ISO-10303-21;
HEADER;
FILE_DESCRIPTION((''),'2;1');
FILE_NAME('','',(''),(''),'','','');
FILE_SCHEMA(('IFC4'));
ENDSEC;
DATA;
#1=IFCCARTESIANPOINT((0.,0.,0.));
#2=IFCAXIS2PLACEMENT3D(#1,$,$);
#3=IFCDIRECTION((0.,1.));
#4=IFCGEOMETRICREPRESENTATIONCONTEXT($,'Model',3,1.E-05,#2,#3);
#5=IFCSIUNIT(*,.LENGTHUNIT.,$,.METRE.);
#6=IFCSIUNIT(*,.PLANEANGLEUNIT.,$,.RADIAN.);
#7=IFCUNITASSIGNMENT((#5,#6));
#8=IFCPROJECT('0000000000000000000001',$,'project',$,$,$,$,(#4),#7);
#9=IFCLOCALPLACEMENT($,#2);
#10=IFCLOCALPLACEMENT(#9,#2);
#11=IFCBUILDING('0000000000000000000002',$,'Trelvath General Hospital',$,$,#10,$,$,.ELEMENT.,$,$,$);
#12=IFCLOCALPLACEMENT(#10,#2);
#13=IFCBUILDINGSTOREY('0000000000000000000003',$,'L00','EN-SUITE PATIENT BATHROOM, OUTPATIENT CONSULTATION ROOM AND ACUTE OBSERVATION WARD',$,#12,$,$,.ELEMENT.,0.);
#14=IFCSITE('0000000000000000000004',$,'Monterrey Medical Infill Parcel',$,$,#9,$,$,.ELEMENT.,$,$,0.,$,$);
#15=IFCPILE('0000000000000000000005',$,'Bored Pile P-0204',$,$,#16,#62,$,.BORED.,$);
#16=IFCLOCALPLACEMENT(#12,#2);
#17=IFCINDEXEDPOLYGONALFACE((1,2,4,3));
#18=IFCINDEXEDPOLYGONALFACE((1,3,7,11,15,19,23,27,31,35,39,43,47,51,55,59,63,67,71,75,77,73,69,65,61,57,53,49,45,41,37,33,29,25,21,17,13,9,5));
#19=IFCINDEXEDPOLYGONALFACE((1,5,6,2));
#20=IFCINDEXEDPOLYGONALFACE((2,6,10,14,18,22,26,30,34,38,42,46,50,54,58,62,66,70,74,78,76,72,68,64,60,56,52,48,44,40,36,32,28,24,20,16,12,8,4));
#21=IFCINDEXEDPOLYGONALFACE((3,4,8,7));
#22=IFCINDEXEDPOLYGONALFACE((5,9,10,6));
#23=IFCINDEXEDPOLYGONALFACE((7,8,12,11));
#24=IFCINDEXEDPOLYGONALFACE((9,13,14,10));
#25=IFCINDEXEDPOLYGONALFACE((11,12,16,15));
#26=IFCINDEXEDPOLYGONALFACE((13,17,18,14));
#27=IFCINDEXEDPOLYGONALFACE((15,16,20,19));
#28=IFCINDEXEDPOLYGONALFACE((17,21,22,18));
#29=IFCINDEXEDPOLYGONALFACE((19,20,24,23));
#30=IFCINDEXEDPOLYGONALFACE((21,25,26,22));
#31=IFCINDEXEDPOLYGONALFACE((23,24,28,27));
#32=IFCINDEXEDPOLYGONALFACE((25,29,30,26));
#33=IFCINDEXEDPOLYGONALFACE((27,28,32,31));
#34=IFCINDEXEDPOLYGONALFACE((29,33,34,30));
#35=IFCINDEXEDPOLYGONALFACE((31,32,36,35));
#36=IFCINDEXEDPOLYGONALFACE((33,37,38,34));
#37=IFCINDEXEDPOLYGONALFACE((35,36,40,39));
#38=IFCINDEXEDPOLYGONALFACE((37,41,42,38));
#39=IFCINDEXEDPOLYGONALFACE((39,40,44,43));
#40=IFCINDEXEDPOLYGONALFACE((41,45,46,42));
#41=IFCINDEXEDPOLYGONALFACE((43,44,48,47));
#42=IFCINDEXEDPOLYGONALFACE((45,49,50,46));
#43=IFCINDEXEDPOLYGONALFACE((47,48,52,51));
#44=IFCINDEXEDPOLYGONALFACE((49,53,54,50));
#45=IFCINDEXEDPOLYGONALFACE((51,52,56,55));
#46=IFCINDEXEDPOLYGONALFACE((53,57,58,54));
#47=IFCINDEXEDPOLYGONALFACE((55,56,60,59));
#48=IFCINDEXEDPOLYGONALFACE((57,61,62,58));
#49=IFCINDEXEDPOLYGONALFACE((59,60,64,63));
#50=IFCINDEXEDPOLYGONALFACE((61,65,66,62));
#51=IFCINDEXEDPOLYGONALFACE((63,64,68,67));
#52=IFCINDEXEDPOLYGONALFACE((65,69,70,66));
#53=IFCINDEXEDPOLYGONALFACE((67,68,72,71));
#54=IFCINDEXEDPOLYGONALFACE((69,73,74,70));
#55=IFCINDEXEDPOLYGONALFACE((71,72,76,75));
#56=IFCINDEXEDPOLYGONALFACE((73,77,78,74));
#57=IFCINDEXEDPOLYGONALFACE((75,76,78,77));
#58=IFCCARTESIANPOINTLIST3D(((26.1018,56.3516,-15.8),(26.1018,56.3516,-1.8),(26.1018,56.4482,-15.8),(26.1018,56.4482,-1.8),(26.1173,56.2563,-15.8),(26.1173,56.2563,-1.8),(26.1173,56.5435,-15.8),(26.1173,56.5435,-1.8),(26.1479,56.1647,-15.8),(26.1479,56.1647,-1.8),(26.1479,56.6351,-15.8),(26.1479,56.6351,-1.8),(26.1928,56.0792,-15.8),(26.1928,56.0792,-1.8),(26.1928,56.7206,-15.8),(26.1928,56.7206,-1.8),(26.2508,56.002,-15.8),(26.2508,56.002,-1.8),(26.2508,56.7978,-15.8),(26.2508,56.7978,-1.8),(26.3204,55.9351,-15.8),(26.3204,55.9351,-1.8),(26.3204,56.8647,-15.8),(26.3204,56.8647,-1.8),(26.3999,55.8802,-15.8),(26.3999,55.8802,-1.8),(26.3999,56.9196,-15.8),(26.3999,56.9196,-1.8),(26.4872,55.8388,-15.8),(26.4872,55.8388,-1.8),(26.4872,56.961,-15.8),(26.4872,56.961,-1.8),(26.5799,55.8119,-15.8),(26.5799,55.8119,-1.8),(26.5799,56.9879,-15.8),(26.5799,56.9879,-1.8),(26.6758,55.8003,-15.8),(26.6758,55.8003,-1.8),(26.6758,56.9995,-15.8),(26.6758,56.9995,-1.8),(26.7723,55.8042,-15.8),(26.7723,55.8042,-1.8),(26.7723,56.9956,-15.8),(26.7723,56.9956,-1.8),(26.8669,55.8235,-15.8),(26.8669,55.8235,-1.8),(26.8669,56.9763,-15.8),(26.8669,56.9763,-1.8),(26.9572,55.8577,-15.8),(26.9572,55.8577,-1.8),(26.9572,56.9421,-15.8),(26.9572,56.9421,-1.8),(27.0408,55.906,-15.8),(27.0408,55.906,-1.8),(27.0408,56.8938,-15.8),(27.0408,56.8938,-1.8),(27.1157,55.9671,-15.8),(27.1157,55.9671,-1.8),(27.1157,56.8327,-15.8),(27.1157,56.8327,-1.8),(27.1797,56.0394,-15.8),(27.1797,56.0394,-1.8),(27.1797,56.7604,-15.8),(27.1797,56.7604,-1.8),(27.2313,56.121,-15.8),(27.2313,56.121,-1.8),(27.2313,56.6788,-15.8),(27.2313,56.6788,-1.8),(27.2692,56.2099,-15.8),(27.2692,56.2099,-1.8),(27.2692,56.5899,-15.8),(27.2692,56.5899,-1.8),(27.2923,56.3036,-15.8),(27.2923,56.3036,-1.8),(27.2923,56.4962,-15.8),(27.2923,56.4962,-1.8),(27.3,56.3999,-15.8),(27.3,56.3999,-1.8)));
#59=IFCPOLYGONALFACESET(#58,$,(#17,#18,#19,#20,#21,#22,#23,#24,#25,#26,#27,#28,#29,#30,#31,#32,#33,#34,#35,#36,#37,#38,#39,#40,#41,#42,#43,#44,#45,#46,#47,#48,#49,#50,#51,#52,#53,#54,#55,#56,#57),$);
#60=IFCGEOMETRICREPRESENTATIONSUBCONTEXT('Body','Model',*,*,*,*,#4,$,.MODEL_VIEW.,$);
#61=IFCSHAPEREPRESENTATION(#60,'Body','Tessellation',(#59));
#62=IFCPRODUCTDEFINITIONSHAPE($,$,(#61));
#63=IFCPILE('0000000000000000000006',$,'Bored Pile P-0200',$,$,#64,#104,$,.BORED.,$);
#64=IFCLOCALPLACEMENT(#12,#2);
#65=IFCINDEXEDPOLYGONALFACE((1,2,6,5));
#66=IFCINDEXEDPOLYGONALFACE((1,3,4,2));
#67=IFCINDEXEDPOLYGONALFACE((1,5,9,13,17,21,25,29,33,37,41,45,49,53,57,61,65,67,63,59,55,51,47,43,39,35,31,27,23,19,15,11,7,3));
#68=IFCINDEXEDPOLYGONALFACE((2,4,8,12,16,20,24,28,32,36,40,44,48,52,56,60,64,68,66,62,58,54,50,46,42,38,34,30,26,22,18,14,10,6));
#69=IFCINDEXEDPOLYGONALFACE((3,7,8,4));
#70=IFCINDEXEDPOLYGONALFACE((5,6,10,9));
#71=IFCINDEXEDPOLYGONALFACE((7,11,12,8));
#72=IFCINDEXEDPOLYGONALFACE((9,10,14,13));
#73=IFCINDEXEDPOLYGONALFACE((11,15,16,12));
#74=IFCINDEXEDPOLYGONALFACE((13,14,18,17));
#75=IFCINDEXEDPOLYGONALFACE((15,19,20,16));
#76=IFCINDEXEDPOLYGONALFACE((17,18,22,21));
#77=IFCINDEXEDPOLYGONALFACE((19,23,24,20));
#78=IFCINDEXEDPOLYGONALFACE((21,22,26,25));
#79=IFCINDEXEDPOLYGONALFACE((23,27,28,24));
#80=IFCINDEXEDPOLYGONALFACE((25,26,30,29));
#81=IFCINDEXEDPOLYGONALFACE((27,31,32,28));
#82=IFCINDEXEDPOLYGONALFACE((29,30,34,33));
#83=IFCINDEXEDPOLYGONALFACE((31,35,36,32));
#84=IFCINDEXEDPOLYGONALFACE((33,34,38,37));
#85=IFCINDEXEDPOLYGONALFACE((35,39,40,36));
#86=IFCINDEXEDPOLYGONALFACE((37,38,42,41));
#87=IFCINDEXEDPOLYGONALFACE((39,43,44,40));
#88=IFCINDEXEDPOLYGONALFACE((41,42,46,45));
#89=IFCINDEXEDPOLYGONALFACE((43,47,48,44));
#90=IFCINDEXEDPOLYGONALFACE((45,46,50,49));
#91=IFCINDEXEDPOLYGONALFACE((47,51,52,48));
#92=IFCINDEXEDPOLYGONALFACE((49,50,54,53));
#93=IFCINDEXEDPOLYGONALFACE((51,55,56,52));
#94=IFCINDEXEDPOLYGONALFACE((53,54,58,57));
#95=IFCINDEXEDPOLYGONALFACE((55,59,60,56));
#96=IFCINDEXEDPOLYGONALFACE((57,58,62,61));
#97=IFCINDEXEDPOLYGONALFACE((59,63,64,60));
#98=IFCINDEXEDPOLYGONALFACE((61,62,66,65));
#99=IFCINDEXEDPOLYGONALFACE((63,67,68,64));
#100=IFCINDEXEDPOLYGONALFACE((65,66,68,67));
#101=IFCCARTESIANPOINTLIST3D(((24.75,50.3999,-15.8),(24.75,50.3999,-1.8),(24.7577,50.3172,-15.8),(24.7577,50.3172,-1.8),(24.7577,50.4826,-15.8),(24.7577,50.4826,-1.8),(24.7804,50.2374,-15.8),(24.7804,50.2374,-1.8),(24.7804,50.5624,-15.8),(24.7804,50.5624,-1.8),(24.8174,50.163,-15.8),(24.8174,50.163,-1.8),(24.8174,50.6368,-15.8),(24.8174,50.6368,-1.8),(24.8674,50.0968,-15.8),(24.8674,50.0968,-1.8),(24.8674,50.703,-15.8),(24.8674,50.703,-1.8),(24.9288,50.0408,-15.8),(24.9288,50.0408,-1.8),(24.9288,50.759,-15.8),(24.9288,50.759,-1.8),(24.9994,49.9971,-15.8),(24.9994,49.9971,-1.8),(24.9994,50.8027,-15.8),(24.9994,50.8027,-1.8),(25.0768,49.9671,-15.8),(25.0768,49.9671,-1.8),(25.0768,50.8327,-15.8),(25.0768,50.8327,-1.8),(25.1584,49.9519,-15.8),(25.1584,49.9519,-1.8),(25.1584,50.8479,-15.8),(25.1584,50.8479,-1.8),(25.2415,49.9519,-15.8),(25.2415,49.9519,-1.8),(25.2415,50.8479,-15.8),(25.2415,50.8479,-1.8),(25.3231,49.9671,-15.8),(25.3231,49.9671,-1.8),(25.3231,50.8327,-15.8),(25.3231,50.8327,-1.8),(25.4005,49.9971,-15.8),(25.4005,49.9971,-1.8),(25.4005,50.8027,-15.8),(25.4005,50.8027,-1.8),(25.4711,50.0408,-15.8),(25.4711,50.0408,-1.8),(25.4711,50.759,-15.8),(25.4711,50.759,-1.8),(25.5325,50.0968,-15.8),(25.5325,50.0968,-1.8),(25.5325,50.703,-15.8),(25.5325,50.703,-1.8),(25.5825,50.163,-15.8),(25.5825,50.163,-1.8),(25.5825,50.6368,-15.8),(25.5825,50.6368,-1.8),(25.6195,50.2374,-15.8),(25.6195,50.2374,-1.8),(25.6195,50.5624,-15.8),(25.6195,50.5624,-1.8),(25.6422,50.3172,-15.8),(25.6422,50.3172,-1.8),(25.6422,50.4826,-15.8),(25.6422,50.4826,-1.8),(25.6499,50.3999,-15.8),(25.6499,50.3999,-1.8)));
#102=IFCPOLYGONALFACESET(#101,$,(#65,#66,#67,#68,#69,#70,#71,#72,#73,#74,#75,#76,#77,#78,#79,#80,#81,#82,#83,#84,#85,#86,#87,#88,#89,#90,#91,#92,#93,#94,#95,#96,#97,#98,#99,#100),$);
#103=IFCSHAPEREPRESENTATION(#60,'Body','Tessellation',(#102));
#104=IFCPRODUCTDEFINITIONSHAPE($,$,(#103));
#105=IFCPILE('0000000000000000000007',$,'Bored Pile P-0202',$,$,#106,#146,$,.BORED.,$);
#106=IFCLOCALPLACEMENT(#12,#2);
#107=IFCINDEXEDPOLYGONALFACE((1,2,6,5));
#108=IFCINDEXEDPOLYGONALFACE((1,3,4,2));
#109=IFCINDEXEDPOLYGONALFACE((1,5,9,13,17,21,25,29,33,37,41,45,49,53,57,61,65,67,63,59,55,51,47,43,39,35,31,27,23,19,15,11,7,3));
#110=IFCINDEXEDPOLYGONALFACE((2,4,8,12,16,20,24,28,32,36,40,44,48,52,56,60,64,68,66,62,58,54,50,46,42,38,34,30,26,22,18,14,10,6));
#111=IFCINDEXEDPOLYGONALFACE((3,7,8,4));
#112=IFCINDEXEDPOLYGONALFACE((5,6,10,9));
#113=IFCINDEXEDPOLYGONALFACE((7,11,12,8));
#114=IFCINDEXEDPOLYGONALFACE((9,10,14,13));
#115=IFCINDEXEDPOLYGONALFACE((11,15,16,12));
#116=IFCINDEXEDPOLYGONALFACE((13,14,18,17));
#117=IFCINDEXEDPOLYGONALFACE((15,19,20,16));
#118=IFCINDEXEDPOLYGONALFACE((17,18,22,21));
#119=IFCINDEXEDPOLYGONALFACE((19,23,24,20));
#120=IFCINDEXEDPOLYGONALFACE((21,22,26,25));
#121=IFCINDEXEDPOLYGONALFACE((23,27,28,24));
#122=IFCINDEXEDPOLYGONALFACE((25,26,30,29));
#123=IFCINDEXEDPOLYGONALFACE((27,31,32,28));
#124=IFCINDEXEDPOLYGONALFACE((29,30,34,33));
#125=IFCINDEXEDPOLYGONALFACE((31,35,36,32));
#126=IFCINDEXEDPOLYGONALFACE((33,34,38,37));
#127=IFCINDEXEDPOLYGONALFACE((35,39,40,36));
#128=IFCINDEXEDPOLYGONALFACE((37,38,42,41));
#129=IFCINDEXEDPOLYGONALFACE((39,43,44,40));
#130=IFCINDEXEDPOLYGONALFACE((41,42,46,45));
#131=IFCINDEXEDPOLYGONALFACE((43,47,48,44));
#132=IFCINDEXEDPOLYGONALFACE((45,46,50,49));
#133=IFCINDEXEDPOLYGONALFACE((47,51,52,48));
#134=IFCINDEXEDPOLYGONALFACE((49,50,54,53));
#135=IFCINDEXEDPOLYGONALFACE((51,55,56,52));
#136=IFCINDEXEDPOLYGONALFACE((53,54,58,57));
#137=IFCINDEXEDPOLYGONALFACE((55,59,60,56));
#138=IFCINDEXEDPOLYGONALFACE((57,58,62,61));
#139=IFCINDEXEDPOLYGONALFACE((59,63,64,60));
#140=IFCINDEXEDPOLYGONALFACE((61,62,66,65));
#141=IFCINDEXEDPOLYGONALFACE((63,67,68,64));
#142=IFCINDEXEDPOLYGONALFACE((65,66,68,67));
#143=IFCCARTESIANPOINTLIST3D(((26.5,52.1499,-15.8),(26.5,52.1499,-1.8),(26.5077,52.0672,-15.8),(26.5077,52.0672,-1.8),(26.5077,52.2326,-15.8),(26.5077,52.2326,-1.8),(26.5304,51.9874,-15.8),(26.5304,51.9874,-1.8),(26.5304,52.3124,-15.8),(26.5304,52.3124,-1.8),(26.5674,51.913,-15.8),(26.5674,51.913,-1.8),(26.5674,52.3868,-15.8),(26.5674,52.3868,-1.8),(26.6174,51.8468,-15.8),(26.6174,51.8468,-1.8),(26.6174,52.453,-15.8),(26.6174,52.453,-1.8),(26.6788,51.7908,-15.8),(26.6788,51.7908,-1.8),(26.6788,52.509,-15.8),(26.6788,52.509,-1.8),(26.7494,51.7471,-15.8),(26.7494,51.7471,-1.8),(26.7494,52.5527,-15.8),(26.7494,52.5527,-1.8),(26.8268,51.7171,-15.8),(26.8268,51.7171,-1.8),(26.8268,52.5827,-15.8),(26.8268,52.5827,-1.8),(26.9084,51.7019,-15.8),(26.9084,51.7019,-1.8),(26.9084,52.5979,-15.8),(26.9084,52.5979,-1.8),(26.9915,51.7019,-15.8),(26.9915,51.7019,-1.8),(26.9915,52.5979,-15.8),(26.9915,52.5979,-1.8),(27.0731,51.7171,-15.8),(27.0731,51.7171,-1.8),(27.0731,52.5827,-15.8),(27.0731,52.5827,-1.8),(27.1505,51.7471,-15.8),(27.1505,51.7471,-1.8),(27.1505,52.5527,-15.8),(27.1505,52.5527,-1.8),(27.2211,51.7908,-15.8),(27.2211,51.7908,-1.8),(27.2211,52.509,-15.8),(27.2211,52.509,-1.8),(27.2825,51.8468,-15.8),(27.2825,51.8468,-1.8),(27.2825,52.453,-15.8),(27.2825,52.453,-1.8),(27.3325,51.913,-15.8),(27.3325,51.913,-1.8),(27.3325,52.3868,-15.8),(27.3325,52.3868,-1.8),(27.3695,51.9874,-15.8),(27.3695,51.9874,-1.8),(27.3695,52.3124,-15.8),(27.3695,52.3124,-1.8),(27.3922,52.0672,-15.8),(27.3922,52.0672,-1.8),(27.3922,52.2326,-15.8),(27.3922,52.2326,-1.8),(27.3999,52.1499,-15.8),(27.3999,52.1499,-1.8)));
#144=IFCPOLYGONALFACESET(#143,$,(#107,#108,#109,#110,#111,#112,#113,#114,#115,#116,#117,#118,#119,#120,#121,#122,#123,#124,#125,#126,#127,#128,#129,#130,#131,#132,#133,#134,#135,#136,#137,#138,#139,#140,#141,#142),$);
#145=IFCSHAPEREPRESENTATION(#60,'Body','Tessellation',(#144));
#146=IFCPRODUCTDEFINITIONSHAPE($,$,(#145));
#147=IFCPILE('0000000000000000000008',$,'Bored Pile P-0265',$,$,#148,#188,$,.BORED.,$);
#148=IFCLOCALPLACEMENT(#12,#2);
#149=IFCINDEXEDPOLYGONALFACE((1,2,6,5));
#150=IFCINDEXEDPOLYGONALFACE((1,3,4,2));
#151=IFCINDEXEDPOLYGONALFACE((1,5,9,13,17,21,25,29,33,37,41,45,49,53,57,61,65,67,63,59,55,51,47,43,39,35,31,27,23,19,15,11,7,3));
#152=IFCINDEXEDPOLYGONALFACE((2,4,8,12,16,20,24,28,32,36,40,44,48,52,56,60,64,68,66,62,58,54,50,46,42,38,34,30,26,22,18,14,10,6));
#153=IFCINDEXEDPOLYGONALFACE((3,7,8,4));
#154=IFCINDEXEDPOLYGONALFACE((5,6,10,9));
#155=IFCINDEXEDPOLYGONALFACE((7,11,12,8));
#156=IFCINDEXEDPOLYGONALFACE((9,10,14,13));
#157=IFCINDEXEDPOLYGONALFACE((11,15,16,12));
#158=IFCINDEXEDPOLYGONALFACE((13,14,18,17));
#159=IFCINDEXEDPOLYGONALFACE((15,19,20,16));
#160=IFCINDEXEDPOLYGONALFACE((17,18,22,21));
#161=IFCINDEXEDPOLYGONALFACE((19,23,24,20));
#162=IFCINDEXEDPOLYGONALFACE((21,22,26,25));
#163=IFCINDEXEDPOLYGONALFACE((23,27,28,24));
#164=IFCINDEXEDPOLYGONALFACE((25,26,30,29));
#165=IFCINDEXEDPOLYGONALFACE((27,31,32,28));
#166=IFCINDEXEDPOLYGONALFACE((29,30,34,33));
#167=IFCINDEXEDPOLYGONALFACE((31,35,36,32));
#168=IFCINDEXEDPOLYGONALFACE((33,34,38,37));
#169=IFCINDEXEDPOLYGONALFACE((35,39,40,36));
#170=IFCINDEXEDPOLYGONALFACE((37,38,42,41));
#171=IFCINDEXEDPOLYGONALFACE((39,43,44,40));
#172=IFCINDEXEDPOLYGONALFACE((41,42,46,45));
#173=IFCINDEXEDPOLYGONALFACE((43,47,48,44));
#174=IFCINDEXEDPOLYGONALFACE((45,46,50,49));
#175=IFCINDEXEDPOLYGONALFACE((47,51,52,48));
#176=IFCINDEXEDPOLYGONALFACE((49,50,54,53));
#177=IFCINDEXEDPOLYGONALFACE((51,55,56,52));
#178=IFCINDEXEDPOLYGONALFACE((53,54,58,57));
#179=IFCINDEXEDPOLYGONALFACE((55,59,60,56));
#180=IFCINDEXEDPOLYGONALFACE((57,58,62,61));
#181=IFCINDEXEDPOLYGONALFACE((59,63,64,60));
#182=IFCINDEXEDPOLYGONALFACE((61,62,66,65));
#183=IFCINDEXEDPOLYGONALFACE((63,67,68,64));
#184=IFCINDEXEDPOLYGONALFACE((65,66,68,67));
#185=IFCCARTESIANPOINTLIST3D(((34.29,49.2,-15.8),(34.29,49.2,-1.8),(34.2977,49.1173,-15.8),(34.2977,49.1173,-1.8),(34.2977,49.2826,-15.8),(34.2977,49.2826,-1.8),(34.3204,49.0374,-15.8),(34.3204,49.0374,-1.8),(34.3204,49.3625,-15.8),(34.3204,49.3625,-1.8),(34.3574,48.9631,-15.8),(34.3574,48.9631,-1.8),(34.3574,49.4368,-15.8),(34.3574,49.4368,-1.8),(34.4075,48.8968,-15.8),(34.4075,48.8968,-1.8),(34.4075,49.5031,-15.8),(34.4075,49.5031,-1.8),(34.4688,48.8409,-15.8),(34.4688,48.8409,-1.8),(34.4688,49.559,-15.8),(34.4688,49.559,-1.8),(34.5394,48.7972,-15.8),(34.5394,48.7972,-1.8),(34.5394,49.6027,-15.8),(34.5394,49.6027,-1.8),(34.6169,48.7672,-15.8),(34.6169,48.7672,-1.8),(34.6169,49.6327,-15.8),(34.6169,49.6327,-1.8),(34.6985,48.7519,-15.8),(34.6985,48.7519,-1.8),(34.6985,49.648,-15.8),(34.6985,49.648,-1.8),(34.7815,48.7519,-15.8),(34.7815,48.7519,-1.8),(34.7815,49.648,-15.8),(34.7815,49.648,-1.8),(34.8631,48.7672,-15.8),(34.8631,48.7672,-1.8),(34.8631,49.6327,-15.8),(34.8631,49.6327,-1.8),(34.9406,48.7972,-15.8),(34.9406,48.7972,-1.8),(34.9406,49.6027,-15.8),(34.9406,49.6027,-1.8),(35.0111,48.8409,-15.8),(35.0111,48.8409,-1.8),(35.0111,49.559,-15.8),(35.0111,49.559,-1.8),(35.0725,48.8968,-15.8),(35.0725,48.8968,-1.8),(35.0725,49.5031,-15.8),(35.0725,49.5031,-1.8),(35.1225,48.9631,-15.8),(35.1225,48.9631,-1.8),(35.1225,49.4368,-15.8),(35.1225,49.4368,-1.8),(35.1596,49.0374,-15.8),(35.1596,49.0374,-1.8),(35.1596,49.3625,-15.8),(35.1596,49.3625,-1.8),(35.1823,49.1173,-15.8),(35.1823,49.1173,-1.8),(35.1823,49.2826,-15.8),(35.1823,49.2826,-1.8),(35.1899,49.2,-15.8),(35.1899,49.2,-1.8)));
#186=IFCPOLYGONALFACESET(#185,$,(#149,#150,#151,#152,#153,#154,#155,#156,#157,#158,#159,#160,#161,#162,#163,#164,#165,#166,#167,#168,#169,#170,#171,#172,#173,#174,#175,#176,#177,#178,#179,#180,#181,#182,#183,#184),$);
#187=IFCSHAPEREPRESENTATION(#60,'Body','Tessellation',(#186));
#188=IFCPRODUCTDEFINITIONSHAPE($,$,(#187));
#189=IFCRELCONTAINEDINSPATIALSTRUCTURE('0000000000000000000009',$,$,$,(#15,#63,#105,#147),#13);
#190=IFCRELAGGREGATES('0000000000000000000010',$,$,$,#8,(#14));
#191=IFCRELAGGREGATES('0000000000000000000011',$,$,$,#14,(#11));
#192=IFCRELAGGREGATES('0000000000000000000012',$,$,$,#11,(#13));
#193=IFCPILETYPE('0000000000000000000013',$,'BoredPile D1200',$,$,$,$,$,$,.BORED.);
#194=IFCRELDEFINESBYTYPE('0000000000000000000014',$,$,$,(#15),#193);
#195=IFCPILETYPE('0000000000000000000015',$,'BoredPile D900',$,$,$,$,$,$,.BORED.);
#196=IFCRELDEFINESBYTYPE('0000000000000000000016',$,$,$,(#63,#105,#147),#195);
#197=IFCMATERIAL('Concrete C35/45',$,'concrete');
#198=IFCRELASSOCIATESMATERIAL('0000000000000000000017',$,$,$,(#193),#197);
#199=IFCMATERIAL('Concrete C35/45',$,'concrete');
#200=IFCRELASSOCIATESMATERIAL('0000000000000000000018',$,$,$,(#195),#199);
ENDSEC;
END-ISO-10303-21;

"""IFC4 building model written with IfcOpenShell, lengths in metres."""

from ifc_helpers import new_model, si_unit, direction, frame, origin, origin_2d, place, context, subcontext, project, spatial, circle, extrude, material, material_profile, profile_set, type_object, element, save


model = new_model("IFC4")

# Units and contexts
model_context = context("Model", 3, precision=1e-05, world=origin(), true_north=direction((0.0, 1.0)))
body_context = subcontext(model_context, "Body", "Model", "MODEL_VIEW")
ifc_project = project(units=[si_unit("LENGTHUNIT", "METRE"), si_unit("PLANEANGLEUNIT", "RADIAN")], contexts=[model_context])

# Site, building, storey
site_placement = place(None, origin())
site = spatial("IfcSite", under=ifc_project, at=site_placement, Name="Monterrey Medical Infill Parcel", CompositionType="ELEMENT", RefElevation=0.0)
building_placement = place(site_placement, origin())
building = spatial("IfcBuilding", under=site, at=building_placement, Name="Trelvath General Hospital", CompositionType="ELEMENT")
storey_placement = place(building_placement, origin())
storey = spatial("IfcBuildingStorey", under=building, at=storey_placement, Name="L00", Description="EN-SUITE PATIENT BATHROOM, OUTPATIENT CONSULTATION ROOM AND ACUTE OBSERVATION WARD", CompositionType="ELEMENT", Elevation=0.0)

# Piles
ifc_material_1 = material(Name="Concrete C35/45", Category="concrete")
ifc_material_profile_1 = material_profile(ifc_material_1, circle(Radius=0.6001, at=origin_2d()), Name="PILE1200")
ifc_profile_set_1 = profile_set([ifc_material_profile_1], Name="Concrete C35/45")
pile_type_1 = type_object("IfcPileType", Name="BoredPile D1200", PredefinedType="BORED", material=ifc_profile_set_1)
pile_placement = place(storey_placement, frame((26.7, 56.3999, -1.8), z_axis=(0.0, 0.0, -1.0), x_axis=(1.0, 0.0, 0.0)))
element("IfcPile", 1, at=pile_placement, inside=storey, type_object=pile_type_1, Name="Bored Pile P-0204", PredefinedType="BORED", context=body_context, shape_type="SweptSolid", body=[
    extrude(circle(Radius=0.6001, at=origin_2d()), origin(), (0.0, 0.0, 1.0), 14.0),
])
ifc_material_2 = material(Name="Concrete C35/45", Category="concrete")
ifc_material_profile_2 = material_profile(ifc_material_2, circle(Radius=0.45, at=origin_2d()), Name="PILE900")
ifc_profile_set_2 = profile_set([ifc_material_profile_2], Name="Concrete C35/45")
pile_type_2 = type_object("IfcPileType", Name="BoredPile D900", PredefinedType="BORED", material=ifc_profile_set_2)
for number, where, z_axis, x_axis, name in (
    (2, (25.2, 50.3999, -1.8), (0.0, 0.0, -1.0), (1.0, 0.0, 0.0), "Bored Pile P-0200"),
    (3, (26.95, 52.1499, -1.8), (0.0, 0.0, -1.0), (1.0, 0.0, 0.0), "Bored Pile P-0202"),
    (4, (34.74, 49.2, -1.8), (0.0, 0.0, -1.0), (1.0, 0.0, 0.0), "Bored Pile P-0265"),
):
    element("IfcPile", number, at=place(storey_placement, frame(where, z_axis=z_axis, x_axis=x_axis)), inside=storey, type_object=pile_type_2, Name=name, PredefinedType="BORED", context=body_context, shape_type="SweptSolid", body=[
        extrude(circle(Radius=0.45, at=origin_2d()), origin(), (0.0, 0.0, 1.0), 14.0),
    ])

save(model, "model.ifc")
